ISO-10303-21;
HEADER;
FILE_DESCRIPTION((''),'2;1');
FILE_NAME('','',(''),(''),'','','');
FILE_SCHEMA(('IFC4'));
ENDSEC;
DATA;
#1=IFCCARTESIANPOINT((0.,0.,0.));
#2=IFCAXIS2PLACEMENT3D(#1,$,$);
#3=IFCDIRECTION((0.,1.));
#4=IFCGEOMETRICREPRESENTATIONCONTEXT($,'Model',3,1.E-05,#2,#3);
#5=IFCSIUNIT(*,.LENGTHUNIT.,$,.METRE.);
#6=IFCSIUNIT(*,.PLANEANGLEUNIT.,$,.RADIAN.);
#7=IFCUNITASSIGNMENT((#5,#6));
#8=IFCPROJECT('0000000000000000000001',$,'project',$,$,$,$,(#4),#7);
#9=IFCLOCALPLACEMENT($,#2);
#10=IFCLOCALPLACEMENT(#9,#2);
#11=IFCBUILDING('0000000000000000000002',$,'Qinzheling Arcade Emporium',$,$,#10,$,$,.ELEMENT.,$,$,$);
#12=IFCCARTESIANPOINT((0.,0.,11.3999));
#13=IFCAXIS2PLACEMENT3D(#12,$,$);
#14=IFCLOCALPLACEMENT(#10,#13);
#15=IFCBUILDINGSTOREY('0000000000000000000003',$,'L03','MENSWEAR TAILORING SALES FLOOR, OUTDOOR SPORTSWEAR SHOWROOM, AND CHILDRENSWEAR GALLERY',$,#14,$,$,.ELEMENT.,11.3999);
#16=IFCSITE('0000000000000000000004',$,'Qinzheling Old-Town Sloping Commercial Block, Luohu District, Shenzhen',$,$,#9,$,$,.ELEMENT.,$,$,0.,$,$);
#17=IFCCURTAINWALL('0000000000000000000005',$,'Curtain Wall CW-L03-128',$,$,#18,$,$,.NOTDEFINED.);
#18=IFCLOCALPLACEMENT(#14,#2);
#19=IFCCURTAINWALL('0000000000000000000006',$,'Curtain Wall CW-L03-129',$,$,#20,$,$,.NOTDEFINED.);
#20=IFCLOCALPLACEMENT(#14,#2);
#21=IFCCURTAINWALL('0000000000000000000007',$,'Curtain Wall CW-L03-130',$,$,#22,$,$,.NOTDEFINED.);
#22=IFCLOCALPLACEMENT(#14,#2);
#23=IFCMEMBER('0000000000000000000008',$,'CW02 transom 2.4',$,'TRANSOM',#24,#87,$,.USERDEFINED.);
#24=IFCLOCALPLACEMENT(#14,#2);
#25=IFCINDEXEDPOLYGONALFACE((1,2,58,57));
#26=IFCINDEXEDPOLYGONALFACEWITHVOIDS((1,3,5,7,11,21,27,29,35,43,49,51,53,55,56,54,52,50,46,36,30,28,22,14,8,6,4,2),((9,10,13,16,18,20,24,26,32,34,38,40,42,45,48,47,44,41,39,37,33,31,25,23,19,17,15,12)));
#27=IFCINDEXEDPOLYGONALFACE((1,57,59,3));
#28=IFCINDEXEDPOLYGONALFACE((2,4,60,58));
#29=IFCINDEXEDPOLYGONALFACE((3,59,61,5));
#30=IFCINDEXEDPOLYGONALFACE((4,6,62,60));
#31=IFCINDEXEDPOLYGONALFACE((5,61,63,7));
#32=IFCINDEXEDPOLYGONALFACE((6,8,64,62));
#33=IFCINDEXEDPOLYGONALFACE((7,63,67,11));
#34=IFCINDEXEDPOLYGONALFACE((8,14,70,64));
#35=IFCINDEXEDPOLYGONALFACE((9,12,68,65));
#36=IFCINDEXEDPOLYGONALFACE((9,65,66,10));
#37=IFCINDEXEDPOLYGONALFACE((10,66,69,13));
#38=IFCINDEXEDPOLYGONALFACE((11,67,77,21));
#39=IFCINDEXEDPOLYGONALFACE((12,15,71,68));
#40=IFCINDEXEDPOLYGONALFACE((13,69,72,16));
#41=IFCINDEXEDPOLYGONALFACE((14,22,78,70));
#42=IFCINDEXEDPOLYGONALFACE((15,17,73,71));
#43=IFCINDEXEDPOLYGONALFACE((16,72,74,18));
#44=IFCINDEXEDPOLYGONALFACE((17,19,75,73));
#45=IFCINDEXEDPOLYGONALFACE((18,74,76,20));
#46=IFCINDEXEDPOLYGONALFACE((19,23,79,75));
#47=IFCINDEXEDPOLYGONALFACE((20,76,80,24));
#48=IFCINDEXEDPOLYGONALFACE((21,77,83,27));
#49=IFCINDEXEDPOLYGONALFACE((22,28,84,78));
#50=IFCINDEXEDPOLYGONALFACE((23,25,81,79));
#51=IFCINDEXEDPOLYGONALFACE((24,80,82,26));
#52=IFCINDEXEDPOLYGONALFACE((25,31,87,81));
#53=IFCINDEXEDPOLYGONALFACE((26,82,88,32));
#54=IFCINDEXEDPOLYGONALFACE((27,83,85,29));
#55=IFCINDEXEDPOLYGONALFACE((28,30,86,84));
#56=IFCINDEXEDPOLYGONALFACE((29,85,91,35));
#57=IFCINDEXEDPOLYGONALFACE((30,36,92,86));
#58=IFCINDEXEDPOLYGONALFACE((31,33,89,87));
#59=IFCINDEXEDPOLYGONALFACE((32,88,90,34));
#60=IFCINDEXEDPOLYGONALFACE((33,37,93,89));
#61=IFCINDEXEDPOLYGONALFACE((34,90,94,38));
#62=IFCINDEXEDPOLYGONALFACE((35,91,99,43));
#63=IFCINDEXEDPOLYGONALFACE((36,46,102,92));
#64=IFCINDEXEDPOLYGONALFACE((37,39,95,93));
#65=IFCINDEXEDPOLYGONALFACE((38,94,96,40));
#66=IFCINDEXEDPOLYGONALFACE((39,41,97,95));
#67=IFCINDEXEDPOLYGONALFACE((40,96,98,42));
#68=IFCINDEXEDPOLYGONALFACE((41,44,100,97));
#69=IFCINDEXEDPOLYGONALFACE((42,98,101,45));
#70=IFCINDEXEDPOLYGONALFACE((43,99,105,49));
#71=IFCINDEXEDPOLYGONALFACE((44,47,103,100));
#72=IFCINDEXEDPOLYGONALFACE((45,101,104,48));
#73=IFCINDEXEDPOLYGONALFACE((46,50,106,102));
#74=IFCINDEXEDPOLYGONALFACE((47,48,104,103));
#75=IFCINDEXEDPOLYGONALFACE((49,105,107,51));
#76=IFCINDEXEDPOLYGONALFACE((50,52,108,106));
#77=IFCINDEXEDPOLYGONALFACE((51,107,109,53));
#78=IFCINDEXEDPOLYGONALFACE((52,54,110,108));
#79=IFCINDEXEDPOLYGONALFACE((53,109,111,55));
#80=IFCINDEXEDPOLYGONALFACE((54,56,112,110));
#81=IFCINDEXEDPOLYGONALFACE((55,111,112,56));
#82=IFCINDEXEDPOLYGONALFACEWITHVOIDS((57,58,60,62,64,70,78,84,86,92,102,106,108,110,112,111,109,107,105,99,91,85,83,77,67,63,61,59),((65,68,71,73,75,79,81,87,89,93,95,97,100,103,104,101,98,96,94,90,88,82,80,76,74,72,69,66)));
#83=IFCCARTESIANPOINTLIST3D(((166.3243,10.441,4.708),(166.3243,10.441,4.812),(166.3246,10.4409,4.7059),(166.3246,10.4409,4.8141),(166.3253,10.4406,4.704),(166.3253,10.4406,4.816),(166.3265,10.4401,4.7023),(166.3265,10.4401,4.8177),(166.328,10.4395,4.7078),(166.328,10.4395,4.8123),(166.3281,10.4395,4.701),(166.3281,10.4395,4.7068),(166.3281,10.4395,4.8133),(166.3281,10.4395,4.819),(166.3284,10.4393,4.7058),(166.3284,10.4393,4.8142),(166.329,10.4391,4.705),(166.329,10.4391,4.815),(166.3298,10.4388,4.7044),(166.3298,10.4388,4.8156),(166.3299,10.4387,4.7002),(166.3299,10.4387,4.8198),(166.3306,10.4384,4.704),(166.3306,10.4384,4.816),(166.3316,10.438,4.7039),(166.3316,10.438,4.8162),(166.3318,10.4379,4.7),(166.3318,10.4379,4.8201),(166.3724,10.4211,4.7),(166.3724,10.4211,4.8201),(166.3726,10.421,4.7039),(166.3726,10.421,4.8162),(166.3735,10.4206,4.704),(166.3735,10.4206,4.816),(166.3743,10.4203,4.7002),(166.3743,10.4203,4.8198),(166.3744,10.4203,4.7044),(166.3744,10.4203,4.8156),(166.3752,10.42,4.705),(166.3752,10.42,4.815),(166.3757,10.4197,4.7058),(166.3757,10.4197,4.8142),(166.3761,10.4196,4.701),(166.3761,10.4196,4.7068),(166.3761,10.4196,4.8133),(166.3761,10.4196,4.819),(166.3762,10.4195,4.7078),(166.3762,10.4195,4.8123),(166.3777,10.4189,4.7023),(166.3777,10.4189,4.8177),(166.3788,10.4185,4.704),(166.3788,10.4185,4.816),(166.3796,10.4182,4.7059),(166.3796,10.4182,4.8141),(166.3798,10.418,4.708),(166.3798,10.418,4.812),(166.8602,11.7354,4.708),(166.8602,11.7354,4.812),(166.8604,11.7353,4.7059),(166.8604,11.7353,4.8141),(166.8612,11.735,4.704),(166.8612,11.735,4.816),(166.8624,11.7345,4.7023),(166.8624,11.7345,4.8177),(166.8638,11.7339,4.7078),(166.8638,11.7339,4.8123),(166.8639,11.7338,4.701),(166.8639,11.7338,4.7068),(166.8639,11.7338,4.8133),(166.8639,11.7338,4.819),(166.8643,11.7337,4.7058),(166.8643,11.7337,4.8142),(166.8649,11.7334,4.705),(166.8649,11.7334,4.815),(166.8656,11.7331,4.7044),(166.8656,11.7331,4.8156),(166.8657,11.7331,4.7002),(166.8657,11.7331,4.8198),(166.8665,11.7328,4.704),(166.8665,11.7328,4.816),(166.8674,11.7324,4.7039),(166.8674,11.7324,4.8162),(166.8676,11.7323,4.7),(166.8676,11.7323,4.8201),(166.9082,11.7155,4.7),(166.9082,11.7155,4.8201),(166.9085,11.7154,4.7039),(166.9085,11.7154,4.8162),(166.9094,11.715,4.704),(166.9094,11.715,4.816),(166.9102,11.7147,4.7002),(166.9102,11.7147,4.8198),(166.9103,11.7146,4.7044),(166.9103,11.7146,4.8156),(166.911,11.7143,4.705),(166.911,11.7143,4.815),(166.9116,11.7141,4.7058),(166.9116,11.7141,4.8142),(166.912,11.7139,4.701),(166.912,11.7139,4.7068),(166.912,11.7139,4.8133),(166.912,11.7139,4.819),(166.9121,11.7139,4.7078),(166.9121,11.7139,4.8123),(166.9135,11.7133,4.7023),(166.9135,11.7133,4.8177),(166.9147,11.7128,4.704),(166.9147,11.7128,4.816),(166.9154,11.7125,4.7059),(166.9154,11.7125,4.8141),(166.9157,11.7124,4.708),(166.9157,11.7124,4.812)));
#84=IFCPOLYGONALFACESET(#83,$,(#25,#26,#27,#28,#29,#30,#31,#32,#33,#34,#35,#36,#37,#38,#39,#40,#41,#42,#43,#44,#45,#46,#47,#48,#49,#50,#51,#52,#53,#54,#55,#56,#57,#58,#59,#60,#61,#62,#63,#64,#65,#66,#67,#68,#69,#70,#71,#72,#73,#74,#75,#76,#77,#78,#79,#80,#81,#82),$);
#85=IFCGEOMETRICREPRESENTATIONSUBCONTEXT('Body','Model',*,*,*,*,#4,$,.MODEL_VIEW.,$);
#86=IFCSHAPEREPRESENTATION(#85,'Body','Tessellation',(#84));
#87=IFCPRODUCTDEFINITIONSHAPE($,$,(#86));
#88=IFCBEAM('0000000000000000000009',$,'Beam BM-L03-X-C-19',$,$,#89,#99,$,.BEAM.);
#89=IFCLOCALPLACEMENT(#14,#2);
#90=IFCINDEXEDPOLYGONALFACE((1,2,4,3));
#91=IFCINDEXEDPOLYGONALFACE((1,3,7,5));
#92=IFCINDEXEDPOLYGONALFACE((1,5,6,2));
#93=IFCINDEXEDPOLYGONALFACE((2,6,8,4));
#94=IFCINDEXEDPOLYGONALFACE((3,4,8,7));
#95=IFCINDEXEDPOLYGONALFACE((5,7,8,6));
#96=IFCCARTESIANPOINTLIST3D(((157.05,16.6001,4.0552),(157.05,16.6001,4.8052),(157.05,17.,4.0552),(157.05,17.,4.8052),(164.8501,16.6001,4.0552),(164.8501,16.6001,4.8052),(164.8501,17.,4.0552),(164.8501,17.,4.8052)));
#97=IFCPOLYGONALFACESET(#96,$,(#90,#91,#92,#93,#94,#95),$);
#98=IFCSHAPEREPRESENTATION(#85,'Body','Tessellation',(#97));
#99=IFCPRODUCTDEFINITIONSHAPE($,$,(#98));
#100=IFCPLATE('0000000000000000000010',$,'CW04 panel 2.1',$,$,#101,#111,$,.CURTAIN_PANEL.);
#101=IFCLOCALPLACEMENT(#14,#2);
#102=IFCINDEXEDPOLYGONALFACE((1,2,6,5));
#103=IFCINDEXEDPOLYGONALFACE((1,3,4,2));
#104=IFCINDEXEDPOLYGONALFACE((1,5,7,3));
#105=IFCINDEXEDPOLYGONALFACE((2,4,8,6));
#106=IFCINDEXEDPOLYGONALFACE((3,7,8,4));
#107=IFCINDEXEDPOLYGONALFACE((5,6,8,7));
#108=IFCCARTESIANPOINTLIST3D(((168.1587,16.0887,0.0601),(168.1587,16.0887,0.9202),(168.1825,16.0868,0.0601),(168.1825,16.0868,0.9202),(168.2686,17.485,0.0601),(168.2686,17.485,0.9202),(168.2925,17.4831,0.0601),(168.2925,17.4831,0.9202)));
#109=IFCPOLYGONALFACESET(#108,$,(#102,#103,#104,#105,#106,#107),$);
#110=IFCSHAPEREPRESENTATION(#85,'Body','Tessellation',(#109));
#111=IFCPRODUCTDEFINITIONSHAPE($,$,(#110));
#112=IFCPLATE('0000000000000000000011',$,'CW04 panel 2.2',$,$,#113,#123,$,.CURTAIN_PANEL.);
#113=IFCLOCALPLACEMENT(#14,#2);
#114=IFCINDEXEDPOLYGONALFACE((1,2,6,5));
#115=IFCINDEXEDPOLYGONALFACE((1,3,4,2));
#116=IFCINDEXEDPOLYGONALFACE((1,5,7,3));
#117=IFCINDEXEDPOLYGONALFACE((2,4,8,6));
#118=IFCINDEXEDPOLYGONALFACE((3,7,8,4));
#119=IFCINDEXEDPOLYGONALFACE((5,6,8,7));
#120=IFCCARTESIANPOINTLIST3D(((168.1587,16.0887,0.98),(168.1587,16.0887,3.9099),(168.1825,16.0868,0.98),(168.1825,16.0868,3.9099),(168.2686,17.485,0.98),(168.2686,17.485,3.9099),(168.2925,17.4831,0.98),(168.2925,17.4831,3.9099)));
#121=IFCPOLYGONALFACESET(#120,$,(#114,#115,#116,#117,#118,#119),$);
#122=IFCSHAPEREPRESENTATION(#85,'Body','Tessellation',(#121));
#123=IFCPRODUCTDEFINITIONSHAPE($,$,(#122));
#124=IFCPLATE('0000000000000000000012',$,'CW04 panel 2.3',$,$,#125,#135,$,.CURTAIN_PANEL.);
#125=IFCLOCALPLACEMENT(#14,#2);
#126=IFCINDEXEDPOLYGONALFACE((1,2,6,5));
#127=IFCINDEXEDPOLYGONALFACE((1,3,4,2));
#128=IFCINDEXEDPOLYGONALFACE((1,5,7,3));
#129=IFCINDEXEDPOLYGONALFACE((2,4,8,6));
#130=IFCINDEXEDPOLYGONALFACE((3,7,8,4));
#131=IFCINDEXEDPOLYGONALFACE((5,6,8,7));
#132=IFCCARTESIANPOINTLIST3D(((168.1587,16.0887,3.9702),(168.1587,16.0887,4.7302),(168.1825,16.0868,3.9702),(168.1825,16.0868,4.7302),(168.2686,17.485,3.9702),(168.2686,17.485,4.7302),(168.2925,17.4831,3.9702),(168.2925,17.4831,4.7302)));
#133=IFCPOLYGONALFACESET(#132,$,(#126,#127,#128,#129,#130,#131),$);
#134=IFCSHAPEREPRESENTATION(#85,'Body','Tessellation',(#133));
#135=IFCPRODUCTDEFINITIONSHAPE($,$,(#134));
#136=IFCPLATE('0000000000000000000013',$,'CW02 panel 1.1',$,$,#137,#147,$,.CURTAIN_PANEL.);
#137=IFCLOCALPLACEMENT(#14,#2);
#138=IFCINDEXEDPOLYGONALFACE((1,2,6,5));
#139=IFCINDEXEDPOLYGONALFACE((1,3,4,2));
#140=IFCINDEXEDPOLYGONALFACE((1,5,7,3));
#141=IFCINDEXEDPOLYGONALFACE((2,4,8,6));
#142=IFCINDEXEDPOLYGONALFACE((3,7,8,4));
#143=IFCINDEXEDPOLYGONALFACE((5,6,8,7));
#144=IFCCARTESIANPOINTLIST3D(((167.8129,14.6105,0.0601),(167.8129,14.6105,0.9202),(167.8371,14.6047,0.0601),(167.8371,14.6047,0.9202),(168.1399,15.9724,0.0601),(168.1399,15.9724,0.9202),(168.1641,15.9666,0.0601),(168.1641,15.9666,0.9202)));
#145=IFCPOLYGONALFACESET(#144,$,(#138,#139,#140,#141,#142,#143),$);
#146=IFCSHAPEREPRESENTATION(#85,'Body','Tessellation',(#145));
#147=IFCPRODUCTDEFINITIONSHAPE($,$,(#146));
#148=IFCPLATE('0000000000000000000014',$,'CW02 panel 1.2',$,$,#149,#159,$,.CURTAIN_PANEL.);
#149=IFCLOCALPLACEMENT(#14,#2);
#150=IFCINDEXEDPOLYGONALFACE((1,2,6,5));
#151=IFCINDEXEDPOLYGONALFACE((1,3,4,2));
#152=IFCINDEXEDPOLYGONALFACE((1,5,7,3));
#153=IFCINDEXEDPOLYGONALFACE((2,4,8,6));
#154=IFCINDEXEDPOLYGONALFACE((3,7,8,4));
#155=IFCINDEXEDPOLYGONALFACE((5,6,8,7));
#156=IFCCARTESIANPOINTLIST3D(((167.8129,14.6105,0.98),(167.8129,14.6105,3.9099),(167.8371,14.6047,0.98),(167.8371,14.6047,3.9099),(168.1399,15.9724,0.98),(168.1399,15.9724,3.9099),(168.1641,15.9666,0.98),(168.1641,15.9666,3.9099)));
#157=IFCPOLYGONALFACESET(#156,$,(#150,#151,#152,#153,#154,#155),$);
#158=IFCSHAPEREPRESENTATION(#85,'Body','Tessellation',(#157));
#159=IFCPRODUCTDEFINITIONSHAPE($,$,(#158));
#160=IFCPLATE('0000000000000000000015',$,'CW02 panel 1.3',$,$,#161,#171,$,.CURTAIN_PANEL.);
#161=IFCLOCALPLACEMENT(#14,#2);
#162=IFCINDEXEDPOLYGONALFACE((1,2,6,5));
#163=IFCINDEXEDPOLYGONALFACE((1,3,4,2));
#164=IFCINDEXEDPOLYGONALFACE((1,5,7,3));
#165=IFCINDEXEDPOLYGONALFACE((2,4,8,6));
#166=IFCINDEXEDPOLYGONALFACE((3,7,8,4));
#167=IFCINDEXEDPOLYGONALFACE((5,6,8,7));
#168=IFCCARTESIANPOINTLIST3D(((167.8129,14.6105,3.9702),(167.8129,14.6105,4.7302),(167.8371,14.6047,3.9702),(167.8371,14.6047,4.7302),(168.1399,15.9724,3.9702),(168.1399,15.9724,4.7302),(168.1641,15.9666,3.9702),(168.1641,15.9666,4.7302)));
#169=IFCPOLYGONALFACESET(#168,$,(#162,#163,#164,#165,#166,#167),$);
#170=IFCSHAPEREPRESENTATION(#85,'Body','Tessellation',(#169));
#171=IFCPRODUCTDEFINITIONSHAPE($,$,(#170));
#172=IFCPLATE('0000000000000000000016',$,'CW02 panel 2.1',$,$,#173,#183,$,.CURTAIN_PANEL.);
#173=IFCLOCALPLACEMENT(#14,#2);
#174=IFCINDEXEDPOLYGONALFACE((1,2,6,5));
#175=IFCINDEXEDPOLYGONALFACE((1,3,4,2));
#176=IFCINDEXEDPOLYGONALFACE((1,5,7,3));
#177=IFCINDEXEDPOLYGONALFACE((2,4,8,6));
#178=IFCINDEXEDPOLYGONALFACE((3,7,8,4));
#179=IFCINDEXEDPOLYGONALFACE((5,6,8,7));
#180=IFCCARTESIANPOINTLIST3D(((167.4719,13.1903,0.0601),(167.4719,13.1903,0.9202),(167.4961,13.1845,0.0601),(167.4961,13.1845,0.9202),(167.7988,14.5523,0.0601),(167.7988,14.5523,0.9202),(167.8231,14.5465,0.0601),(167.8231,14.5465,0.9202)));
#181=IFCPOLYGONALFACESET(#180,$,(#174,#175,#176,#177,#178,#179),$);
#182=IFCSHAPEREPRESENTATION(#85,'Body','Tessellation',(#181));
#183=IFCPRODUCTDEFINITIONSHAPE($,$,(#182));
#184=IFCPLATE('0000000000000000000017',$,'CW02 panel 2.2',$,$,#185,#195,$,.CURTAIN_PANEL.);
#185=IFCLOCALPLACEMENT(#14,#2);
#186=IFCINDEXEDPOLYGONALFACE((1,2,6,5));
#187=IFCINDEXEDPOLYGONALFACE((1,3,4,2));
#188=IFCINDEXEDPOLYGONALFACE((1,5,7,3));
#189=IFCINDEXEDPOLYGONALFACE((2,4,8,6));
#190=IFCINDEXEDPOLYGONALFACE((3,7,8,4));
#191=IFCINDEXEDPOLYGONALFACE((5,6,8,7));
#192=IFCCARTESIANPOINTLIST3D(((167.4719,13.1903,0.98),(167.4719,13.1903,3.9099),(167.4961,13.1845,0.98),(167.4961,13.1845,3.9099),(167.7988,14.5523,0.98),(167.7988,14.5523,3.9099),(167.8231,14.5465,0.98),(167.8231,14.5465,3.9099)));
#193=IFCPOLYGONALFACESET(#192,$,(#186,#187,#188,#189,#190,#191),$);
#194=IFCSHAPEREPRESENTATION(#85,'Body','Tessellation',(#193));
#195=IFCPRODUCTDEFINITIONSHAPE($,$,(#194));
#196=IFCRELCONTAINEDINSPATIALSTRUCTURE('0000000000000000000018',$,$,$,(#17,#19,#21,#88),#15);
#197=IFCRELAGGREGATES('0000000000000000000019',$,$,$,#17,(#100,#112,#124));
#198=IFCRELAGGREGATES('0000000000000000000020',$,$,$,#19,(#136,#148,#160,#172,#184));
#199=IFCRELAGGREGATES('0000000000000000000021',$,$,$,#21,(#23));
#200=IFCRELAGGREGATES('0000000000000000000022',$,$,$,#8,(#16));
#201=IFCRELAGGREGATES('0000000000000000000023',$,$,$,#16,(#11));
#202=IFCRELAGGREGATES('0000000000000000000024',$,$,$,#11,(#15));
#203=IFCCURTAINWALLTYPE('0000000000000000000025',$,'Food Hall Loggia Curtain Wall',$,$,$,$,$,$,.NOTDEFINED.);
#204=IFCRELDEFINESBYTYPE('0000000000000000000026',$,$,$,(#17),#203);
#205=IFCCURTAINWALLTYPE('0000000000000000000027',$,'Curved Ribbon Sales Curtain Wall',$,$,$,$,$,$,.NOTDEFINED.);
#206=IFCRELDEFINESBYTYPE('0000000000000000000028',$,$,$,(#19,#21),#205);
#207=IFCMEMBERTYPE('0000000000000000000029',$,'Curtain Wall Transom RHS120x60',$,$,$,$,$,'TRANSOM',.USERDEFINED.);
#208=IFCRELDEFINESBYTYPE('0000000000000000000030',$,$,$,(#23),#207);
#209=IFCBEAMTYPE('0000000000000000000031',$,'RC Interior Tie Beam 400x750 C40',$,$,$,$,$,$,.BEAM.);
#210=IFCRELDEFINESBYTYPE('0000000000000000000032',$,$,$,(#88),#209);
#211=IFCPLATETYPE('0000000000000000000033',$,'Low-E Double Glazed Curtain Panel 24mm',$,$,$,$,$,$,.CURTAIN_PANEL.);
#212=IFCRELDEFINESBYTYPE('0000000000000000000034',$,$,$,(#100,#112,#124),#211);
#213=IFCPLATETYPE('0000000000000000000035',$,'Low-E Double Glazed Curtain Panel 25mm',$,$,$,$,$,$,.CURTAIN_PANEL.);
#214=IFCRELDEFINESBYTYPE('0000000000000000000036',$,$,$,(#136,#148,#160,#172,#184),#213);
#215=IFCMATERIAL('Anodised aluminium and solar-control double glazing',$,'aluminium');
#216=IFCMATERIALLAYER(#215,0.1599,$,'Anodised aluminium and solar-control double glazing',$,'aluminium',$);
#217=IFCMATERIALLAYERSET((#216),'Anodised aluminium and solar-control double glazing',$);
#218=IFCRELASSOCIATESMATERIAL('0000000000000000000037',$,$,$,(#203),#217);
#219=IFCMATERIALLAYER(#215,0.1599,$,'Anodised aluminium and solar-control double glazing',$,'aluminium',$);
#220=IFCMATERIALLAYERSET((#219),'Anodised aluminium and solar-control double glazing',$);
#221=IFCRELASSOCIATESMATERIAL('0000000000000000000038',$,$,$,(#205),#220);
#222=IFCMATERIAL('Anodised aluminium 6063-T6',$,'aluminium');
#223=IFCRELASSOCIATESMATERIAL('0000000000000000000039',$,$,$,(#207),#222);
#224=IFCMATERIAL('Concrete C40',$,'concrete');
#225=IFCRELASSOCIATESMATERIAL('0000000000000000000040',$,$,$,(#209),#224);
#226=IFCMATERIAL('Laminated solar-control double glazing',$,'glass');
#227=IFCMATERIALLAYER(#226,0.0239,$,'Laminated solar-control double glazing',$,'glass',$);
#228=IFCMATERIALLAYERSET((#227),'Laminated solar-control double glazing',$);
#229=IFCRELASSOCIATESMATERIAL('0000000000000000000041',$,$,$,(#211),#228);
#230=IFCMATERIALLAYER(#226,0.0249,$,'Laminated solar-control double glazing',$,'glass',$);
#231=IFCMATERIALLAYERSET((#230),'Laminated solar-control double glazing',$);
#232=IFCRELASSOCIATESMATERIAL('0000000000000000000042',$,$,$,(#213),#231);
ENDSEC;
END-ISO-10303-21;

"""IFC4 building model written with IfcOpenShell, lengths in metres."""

from ifc_helpers import new_model, si_unit, direction, frame, origin, origin_2d, place, context, subcontext, project, spatial, rectangle, hollow_rectangle, extrude, material, layer, layer_set, material_profile, profile_set, type_object, element, aggregate, save


model = new_model("IFC4")

# Units and contexts
model_context = context("Model", 3, precision=1e-05, world=origin(), true_north=direction((0.0, 1.0)))
body_context = subcontext(model_context, "Body", "Model", "MODEL_VIEW")
ifc_project = project(units=[si_unit("LENGTHUNIT", "METRE"), si_unit("PLANEANGLEUNIT", "RADIAN")], contexts=[model_context])

# Site, building, storey
site_placement = place(None, origin())
site = spatial("IfcSite", under=ifc_project, at=site_placement, Name="Qinzheling Old-Town Sloping Commercial Block, Luohu District, Shenzhen", CompositionType="ELEMENT", RefElevation=0.0)
building_placement = place(site_placement, origin())
building = spatial("IfcBuilding", under=site, at=building_placement, Name="Qinzheling Arcade Emporium", CompositionType="ELEMENT")
storey_placement = place(building_placement, frame((0.0, 0.0, 11.3999)))
storey = spatial("IfcBuildingStorey", under=building, at=storey_placement, Name="L03", Description="MENSWEAR TAILORING SALES FLOOR, OUTDOOR SPORTSWEAR SHOWROOM, AND CHILDRENSWEAR GALLERY", CompositionType="ELEMENT", Elevation=11.3999)

# Curtain wall
ifc_material_1 = material(Name="Anodised aluminium and solar-control double glazing", Category="aluminium")
ifc_layer_1 = layer(ifc_material_1, 0.1599, Name="Anodised aluminium and solar-control double glazing", Category="aluminium")
ifc_layer_set_1 = layer_set([ifc_layer_1], Name="Anodised aluminium and solar-control double glazing")
curtain_wall_type_1 = type_object("IfcCurtainWallType", Name="Food Hall Loggia Curtain Wall", PredefinedType="NOTDEFINED", material=ifc_layer_set_1)
curtain_wall_1_placement = place(storey_placement, origin())
curtain_wall_1 = element("IfcCurtainWall", 1, at=curtain_wall_1_placement, inside=storey, type_object=curtain_wall_type_1, Name="Curtain Wall CW-L03-128", PredefinedType="NOTDEFINED")
ifc_material_2 = material(Name="Anodised aluminium 6063-T6", Category="aluminium")

# Curtain walls
ifc_layer_2 = layer(ifc_material_1, 0.1599, Name="Anodised aluminium and solar-control double glazing", Category="aluminium")
ifc_layer_set_2 = layer_set([ifc_layer_2], Name="Anodised aluminium and solar-control double glazing")
curtain_wall_type_2 = type_object("IfcCurtainWallType", Name="Curved Ribbon Sales Curtain Wall", PredefinedType="NOTDEFINED", material=ifc_layer_set_2)
curtain_wall_2_placement = place(storey_placement, origin())
curtain_wall_2 = element("IfcCurtainWall", 2, at=curtain_wall_2_placement, inside=storey, type_object=curtain_wall_type_2, Name="Curtain Wall CW-L03-129", PredefinedType="NOTDEFINED")
curtain_wall_3_placement = place(storey_placement, origin())
curtain_wall_3 = element("IfcCurtainWall", 3, at=curtain_wall_3_placement, inside=storey, type_object=curtain_wall_type_2, Name="Curtain Wall CW-L03-130", PredefinedType="NOTDEFINED")

# Member
ifc_material_profile_1 = material_profile(ifc_material_2, hollow_rectangle(XDim=0.0601, YDim=0.1201, WallThickness=0.0039, InnerFilletRadius=0.0039, OuterFilletRadius=0.0081, at=origin_2d()), Name="RHS 120x60x4", Category="aluminium")
ifc_profile_set_1 = profile_set([ifc_material_profile_1], Name="Anodised aluminium 6063-T6")
member_type_1 = type_object("IfcMemberType", Name="Curtain Wall Transom RHS120x60", ElementType="TRANSOM", PredefinedType="USERDEFINED", material=ifc_profile_set_1)
member_1_placement = place(storey_placement, frame((166.8879, 11.7239, 4.76), z_axis=(-0.382511, -0.923951, 0.0), x_axis=(0.923951, -0.382511, 0.0)))
member_1 = element("IfcMember", 4, at=member_1_placement, type_object=member_type_1, Name="CW02 transom 2.4", ObjectType="TRANSOM", PredefinedType="USERDEFINED", context=body_context, shape_type="SweptSolid", body=[
    extrude(hollow_rectangle(XDim=0.0601, YDim=0.1201, WallThickness=0.0039, InnerFilletRadius=0.0039, OuterFilletRadius=0.0081, at=origin_2d()), origin(), (0.0, 0.0, 1.0), 1.4009),
])

# Beam
ifc_material_3 = material(Name="Concrete C40", Category="concrete")
ifc_material_profile_2 = material_profile(ifc_material_3, rectangle(XDim=0.3999, YDim=0.75, at=origin_2d()), Name="RC 400x750", Category="concrete")
ifc_profile_set_2 = profile_set([ifc_material_profile_2], Name="Concrete C40")
beam_type = type_object("IfcBeamType", Name="RC Interior Tie Beam 400x750 C40", PredefinedType="BEAM", material=ifc_profile_set_2)
beam_placement = place(storey_placement, frame((157.05, 16.8, 4.4302), z_axis=(1.0, 0.0, 0.0), x_axis=(0.0, 1.0, 0.0)))
element("IfcBeam", 5, at=beam_placement, inside=storey, type_object=beam_type, Name="Beam BM-L03-X-C-19", PredefinedType="BEAM", context=body_context, shape_type="SweptSolid", body=[
    extrude(rectangle(XDim=0.3999, YDim=0.75, at=origin_2d()), origin(), (0.0, 0.0, 1.0), 7.8),
])

# Plates
ifc_material_4 = material(Name="Laminated solar-control double glazing", Category="glass")
ifc_layer_3 = layer(ifc_material_4, 0.0239, Name="Laminated solar-control double glazing", Category="glass")
ifc_layer_set_3 = layer_set([ifc_layer_3], Name="Laminated solar-control double glazing")
plate_type_1 = type_object("IfcPlateType", Name="Low-E Double Glazed Curtain Panel 24mm", PredefinedType="CURTAIN_PANEL", material=ifc_layer_set_3)
plate_1_placement = place(storey_placement, frame((168.2256, 16.7859, 0.0601), z_axis=(0.0, 0.0, 1.0), x_axis=(-0.078492, -0.996915, 0.0)))
plate_1 = element("IfcPlate", 6, at=plate_1_placement, type_object=plate_type_1, Name="CW04 panel 2.1", PredefinedType="CURTAIN_PANEL", context=body_context, shape_type="SweptSolid", body=[
    extrude(rectangle(XDim=1.4006, YDim=0.0239, at=origin_2d()), origin(), (0.0, 0.0, 1.0), 0.8601),
])
plate_2_placement = place(storey_placement, frame((168.2256, 16.7859, 0.98), z_axis=(0.0, 0.0, 1.0), x_axis=(-0.078492, -0.996915, 0.0)))
plate_2 = element("IfcPlate", 7, at=plate_2_placement, type_object=plate_type_1, Name="CW04 panel 2.2", PredefinedType="CURTAIN_PANEL", context=body_context, shape_type="SweptSolid", body=[
    extrude(rectangle(XDim=1.4006, YDim=0.0239, at=origin_2d()), origin(), (0.0, 0.0, 1.0), 2.9299),
])
plate_3_placement = place(storey_placement, frame((168.2256, 16.7859, 3.9702), z_axis=(0.0, 0.0, 1.0), x_axis=(-0.078492, -0.996915, 0.0)))
plate_3 = element("IfcPlate", 8, at=plate_3_placement, type_object=plate_type_1, Name="CW04 panel 2.3", PredefinedType="CURTAIN_PANEL", context=body_context, shape_type="SweptSolid", body=[
    extrude(rectangle(XDim=1.4006, YDim=0.0239, at=origin_2d()), origin(), (0.0, 0.0, 1.0), 0.76),
])
aggregate(curtain_wall_1, [plate_1, plate_2, plate_3])
ifc_layer_4 = layer(ifc_material_4, 0.0249, Name="Laminated solar-control double glazing", Category="glass")
ifc_layer_set_4 = layer_set([ifc_layer_4], Name="Laminated solar-control double glazing")
plate_type_2 = type_object("IfcPlateType", Name="Low-E Double Glazed Curtain Panel 25mm", PredefinedType="CURTAIN_PANEL", material=ifc_layer_set_4)
plate_4_placement = place(storey_placement, frame((167.9885, 15.2886, 0.0601), z_axis=(0.0, 0.0, 1.0), x_axis=(-0.233449, -0.972369, 0.0)))
plate_4 = element("IfcPlate", 9, at=plate_4_placement, type_object=plate_type_2, Name="CW02 panel 1.1", PredefinedType="CURTAIN_PANEL", context=body_context, shape_type="SweptSolid", body=[
    extrude(rectangle(XDim=1.4006, YDim=0.0249, at=origin_2d()), origin(), (0.0, 0.0, 1.0), 0.8601),
])
plate_5_placement = place(storey_placement, frame((167.9885, 15.2886, 0.98), z_axis=(0.0, 0.0, 1.0), x_axis=(-0.233449, -0.972369, 0.0)))
plate_5 = element("IfcPlate", 10, at=plate_5_placement, type_object=plate_type_2, Name="CW02 panel 1.2", PredefinedType="CURTAIN_PANEL", context=body_context, shape_type="SweptSolid", body=[
    extrude(rectangle(XDim=1.4006, YDim=0.0249, at=origin_2d()), origin(), (0.0, 0.0, 1.0), 2.9299),
])
plate_6_placement = place(storey_placement, frame((167.9885, 15.2886, 3.9702), z_axis=(0.0, 0.0, 1.0), x_axis=(-0.233449, -0.972369, 0.0)))
plate_6 = element("IfcPlate", 11, at=plate_6_placement, type_object=plate_type_2, Name="CW02 panel 1.3", PredefinedType="CURTAIN_PANEL", context=body_context, shape_type="SweptSolid", body=[
    extrude(rectangle(XDim=1.4006, YDim=0.0249, at=origin_2d()), origin(), (0.0, 0.0, 1.0), 0.76),
])
plate_7_placement = place(storey_placement, frame((167.6475, 13.8684, 0.0601), z_axis=(0.0, 0.0, 1.0), x_axis=(-0.233449, -0.972369, 0.0)))
plate_7 = element("IfcPlate", 12, at=plate_7_placement, type_object=plate_type_2, Name="CW02 panel 2.1", PredefinedType="CURTAIN_PANEL", context=body_context, shape_type="SweptSolid", body=[
    extrude(rectangle(XDim=1.4006, YDim=0.0249, at=origin_2d()), origin(), (0.0, 0.0, 1.0), 0.8601),
])
plate_8_placement = place(storey_placement, frame((167.6475, 13.8684, 0.98), z_axis=(0.0, 0.0, 1.0), x_axis=(-0.233449, -0.972369, 0.0)))
plate_8 = element("IfcPlate", 13, at=plate_8_placement, type_object=plate_type_2, Name="CW02 panel 2.2", PredefinedType="CURTAIN_PANEL", context=body_context, shape_type="SweptSolid", body=[
    extrude(rectangle(XDim=1.4006, YDim=0.0249, at=origin_2d()), origin(), (0.0, 0.0, 1.0), 2.9299),
])
aggregate(curtain_wall_2, [plate_4, plate_5, plate_6, plate_7, plate_8])
aggregate(curtain_wall_3, [member_1])

save(model, "model.ifc")
